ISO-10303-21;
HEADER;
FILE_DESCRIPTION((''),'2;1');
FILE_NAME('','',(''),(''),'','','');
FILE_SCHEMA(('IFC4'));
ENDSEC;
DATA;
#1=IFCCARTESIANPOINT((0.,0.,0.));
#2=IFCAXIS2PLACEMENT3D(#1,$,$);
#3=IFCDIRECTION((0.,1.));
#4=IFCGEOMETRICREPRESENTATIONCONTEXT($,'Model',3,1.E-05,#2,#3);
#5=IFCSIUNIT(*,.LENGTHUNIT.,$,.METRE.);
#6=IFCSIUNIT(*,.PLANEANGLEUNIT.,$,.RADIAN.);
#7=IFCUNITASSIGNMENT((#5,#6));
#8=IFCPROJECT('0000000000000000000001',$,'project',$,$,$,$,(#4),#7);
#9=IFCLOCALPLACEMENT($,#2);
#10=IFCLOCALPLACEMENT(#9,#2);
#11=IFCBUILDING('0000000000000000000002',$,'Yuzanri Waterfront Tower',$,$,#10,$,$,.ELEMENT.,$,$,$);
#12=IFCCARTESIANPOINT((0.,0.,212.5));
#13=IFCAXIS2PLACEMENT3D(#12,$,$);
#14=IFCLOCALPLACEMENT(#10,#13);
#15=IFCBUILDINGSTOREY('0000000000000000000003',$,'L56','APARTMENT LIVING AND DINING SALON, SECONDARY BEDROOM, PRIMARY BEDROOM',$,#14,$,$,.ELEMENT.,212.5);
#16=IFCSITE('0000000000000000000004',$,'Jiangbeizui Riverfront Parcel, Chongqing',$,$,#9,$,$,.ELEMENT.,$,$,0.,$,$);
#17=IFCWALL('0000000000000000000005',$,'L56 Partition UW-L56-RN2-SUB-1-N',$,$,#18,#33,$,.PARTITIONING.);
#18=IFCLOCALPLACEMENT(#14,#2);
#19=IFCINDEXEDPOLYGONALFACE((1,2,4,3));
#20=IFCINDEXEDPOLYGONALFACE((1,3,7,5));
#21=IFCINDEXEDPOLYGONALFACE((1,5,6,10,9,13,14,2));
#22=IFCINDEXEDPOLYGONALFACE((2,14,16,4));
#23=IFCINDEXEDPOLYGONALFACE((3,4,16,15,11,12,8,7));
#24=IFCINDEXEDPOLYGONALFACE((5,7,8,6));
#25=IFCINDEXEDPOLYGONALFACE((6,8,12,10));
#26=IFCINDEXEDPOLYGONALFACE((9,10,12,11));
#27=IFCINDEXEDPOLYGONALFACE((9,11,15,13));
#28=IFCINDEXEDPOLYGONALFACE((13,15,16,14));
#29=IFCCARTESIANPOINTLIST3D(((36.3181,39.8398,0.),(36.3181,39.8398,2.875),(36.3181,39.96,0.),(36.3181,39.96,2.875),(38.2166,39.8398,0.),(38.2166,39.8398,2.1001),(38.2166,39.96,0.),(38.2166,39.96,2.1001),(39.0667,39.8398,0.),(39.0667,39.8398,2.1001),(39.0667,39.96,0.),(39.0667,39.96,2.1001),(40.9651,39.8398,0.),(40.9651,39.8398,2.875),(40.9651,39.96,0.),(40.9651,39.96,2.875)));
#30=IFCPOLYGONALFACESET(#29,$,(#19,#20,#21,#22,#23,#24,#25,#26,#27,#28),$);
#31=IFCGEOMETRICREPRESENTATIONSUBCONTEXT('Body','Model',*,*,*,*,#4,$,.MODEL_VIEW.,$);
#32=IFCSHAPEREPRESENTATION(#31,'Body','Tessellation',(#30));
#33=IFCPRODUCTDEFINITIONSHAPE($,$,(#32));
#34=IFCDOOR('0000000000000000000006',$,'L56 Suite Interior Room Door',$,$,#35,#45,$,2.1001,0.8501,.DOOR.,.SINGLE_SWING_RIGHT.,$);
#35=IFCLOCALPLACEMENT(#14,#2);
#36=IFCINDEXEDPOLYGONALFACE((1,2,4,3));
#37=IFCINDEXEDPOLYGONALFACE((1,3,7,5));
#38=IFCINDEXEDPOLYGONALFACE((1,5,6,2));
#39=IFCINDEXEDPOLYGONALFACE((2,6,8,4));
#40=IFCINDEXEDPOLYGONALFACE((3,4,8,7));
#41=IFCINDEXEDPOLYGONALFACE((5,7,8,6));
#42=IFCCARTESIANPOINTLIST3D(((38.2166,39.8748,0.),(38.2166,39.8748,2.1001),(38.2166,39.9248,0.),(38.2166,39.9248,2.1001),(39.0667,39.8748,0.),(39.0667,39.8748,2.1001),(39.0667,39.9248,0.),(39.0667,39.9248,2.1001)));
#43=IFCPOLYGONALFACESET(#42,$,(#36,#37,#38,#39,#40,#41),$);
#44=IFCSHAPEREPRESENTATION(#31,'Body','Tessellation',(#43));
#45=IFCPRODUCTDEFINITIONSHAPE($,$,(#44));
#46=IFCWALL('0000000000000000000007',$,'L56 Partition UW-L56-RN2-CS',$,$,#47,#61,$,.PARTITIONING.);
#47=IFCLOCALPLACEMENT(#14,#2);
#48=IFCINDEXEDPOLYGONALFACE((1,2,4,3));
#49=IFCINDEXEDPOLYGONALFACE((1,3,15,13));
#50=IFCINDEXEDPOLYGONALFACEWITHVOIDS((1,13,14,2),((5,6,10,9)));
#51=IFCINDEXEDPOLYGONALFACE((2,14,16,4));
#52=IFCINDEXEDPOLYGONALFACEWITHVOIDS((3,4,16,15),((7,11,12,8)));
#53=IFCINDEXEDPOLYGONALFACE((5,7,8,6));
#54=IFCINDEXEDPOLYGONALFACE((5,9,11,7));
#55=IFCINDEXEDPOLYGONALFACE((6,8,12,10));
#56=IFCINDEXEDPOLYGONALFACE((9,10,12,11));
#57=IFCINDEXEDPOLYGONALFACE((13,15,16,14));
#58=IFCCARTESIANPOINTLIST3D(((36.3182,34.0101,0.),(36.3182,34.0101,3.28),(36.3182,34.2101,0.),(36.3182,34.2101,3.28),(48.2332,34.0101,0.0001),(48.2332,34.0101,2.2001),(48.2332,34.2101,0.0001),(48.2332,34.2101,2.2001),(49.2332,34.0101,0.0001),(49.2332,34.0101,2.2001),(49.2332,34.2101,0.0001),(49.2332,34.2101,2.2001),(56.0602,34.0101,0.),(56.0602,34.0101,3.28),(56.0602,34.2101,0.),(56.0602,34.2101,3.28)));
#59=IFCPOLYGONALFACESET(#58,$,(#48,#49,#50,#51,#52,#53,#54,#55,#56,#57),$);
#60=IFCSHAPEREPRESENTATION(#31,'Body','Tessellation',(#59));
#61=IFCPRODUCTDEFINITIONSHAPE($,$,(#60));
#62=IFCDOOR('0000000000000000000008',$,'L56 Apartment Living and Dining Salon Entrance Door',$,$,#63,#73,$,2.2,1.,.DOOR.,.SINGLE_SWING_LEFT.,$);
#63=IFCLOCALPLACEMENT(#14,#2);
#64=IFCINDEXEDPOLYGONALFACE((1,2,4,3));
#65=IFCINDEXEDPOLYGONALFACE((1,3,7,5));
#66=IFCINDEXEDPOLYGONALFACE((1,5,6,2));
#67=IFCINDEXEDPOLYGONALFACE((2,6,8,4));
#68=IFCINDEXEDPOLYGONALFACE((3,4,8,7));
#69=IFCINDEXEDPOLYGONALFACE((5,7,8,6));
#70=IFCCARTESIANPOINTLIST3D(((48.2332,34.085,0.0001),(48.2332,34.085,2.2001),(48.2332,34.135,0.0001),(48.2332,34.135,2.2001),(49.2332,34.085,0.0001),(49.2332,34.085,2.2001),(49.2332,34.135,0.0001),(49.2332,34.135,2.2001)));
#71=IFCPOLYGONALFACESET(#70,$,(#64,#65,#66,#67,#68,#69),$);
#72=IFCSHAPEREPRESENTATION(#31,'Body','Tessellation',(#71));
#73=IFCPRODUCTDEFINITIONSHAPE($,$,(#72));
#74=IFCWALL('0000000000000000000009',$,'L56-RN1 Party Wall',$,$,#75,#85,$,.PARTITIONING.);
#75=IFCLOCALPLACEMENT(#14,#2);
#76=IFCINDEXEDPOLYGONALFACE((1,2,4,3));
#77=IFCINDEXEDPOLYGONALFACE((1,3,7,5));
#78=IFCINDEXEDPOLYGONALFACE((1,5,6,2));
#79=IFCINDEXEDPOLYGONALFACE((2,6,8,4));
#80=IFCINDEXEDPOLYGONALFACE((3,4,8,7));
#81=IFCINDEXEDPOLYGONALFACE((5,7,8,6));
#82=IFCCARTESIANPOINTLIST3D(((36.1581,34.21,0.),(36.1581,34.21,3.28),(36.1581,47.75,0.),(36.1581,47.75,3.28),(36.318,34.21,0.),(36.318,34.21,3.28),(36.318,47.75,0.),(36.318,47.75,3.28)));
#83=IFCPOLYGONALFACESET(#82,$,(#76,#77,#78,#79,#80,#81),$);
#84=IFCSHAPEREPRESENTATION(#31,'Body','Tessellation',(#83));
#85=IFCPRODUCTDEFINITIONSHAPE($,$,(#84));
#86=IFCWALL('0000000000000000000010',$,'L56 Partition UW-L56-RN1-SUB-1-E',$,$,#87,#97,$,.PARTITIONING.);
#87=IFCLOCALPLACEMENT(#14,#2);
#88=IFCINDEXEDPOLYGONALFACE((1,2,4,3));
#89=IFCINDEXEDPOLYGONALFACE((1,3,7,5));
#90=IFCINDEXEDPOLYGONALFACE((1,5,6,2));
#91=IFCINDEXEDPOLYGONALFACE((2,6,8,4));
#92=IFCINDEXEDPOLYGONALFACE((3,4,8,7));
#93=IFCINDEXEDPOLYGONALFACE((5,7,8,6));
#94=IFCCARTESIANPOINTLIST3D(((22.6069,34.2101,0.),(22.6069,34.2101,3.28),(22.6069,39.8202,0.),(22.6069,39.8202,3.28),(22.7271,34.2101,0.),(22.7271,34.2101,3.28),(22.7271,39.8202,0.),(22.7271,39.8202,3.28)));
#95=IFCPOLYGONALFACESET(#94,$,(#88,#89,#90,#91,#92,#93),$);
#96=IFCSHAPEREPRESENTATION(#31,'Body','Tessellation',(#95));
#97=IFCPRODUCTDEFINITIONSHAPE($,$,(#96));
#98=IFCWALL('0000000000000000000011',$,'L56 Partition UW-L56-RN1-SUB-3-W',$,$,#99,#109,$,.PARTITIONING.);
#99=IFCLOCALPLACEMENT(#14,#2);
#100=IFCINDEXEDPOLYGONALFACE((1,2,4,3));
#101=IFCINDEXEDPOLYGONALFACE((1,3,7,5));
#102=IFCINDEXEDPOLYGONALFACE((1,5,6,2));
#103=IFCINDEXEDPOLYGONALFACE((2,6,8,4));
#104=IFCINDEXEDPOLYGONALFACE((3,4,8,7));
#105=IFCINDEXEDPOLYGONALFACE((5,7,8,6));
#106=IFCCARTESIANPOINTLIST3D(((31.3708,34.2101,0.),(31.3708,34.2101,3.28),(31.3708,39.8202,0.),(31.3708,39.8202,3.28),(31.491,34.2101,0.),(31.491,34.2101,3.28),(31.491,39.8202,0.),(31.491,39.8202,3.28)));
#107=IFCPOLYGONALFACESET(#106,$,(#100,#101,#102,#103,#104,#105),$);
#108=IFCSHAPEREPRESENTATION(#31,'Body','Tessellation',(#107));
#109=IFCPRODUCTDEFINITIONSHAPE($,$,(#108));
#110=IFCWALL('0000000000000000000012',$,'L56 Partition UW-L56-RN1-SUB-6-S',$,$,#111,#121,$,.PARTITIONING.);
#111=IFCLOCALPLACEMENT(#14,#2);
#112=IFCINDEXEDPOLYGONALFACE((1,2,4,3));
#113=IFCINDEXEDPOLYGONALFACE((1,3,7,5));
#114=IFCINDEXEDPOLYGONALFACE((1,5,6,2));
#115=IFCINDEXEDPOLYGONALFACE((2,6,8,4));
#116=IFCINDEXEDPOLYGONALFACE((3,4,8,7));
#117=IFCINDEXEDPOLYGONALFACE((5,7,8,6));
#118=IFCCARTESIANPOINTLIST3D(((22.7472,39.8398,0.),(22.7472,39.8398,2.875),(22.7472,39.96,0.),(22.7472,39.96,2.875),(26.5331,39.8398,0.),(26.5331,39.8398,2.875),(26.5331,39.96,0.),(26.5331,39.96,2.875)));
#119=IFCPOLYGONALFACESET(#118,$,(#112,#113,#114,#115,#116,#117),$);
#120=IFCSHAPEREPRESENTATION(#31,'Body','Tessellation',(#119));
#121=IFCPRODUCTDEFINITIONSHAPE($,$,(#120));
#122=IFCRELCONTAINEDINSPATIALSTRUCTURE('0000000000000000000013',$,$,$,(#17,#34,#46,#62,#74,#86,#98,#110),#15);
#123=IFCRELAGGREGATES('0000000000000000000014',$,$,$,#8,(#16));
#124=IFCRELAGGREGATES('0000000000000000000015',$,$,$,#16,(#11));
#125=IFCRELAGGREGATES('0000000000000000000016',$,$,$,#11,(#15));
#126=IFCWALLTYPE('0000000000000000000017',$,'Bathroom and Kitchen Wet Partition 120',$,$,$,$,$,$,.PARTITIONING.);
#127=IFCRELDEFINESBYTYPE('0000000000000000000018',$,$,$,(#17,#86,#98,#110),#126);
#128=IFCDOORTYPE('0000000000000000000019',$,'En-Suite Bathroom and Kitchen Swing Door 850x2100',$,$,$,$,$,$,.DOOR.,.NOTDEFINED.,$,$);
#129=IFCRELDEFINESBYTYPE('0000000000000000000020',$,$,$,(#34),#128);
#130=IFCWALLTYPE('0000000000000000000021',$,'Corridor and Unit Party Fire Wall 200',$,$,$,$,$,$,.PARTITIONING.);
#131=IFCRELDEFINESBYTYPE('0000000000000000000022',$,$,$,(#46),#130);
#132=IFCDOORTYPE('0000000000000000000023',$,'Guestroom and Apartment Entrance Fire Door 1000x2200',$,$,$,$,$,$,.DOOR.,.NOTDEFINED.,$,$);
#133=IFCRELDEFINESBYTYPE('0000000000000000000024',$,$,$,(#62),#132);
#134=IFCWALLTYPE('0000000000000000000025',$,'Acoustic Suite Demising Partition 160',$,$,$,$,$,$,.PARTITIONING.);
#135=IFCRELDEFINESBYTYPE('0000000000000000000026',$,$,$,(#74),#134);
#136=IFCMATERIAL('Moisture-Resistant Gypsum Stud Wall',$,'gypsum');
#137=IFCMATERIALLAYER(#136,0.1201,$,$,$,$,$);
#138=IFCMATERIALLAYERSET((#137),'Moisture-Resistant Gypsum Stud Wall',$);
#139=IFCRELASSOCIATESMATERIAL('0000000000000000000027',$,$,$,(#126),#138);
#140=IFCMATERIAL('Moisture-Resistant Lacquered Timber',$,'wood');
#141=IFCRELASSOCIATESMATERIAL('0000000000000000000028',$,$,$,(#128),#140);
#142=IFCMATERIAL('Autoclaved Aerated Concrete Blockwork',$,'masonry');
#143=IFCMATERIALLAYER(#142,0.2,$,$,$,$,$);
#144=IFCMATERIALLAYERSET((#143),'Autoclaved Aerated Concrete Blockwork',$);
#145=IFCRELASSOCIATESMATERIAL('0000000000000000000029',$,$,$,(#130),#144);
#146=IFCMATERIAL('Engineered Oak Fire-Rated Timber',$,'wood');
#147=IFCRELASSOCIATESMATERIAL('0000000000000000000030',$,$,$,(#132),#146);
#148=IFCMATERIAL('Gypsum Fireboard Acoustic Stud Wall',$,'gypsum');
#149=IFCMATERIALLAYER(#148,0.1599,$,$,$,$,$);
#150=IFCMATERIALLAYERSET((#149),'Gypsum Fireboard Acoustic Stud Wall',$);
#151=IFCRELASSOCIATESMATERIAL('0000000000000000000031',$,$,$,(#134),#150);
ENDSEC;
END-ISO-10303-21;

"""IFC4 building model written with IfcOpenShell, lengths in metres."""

from ifc_helpers import new_model, si_unit, direction, frame, frame_2d, origin, place, context, subcontext, project, spatial, rectangle, extrude, source, transform, mapped, material, layer, layer_set, type_object, element, fill, save


model = new_model("IFC4")

# Units and contexts
model_context = context("Model", 3, precision=1e-05, world=origin(), true_north=direction((0.0, 1.0)))
body_context = subcontext(model_context, "Body", "Model", "MODEL_VIEW")
ifc_project = project(units=[si_unit("LENGTHUNIT", "METRE"), si_unit("PLANEANGLEUNIT", "RADIAN")], contexts=[model_context])

# Site, building, storey
site_placement = place(None, origin())
site = spatial("IfcSite", under=ifc_project, at=site_placement, Name="Jiangbeizui Riverfront Parcel, Chongqing", CompositionType="ELEMENT", RefElevation=0.0)
building_placement = place(site_placement, origin())
building = spatial("IfcBuilding", under=site, at=building_placement, Name="Yuzanri Waterfront Tower", CompositionType="ELEMENT")
storey_placement = place(building_placement, frame((0.0, 0.0, 212.5)))
storey = spatial("IfcBuildingStorey", under=building, at=storey_placement, Name="L56", Description="APARTMENT LIVING AND DINING SALON, SECONDARY BEDROOM, PRIMARY BEDROOM", CompositionType="ELEMENT", Elevation=212.5)

# Walls, openings, doors
ifc_material_1 = material(Name="Moisture-Resistant Gypsum Stud Wall", Category="gypsum")
ifc_layer_1 = layer(ifc_material_1, 0.1201)
ifc_layer_set_1 = layer_set([ifc_layer_1], Name="Moisture-Resistant Gypsum Stud Wall")
wall_type_1 = type_object("IfcWallType", Name="Bathroom and Kitchen Wet Partition 120", PredefinedType="PARTITIONING", material=ifc_layer_set_1)
ifc_material_2 = material(Name="Moisture-Resistant Lacquered Timber", Category="wood")
door_type_1 = type_object("IfcDoorType", Name="En-Suite Bathroom and Kitchen Swing Door 850x2100", OperationType="NOTDEFINED", PredefinedType="DOOR", material=ifc_material_2)
shared_shape_1 = source(origin(), body_context, "Body", "SweptSolid", [
    extrude(rectangle(XDim=0.8501, YDim=2.1001, at=frame_2d((0.425, 1.05))), frame((0.0, 0.0249, 0.0), z_axis=(0.0, -1.0, 0.0), x_axis=(1.0, 0.0, 0.0)), (0.0, 0.0, 1.0), 0.05),
])
wall_1_placement = place(storey_placement, frame((36.3181, 39.8999, 0.0), z_axis=(0.0, 0.0, 1.0), x_axis=(1.0, 0.0, 0.0)))
wall_1 = element("IfcWall", 1, at=wall_1_placement, inside=storey, type_object=wall_type_1, Name="L56 Partition UW-L56-RN2-SUB-1-N", PredefinedType="PARTITIONING", context=body_context, shape_type="SweptSolid", body=[
    extrude(rectangle(XDim=4.647, YDim=0.1201, at=frame_2d((2.3235, 0.0))), origin(), (0.0, 0.0, 1.0), 2.875),
])
opening_1_placement = place(wall_1_placement, frame((1.8984, 0.0, 0.0)))
opening_1 = element("IfcOpeningElement", 2, at=opening_1_placement, cuts=wall_1, PredefinedType="OPENING", context=body_context, shape_type="SweptSolid", body=[
    extrude(rectangle(XDim=0.8501, YDim=2.1001, at=frame_2d((0.425, 1.05))), frame((0.0, 0.075, 0.0), z_axis=(0.0, -1.0, 0.0), x_axis=(1.0, 0.0, 0.0)), (0.0, 0.0, 1.0), 0.1499),
])
door_1_placement = place(opening_1_placement, origin())
door_1 = element("IfcDoor", 3, at=door_1_placement, inside=storey, type_object=door_type_1, Name="L56 Suite Interior Room Door", OperationType="SINGLE_SWING_RIGHT", OverallHeight=2.1001, OverallWidth=0.8501, PredefinedType="DOOR", context=body_context, shape_type="MappedRepresentation", body=[
    mapped(shared_shape_1, transform((0.0, 0.0, 0.0), scale=1.0)),
])
fill(opening_1, door_1)
ifc_material_3 = material(Name="Autoclaved Aerated Concrete Blockwork", Category="masonry")
ifc_layer_2 = layer(ifc_material_3, 0.2)
ifc_layer_set_2 = layer_set([ifc_layer_2], Name="Autoclaved Aerated Concrete Blockwork")
wall_type_2 = type_object("IfcWallType", Name="Corridor and Unit Party Fire Wall 200", PredefinedType="PARTITIONING", material=ifc_layer_set_2)
wall_2_placement = place(storey_placement, frame((36.3181, 34.1101, 0.0), z_axis=(0.0, 0.0, 1.0), x_axis=(1.0, 0.0, 0.0)))
wall_2 = element("IfcWall", 4, at=wall_2_placement, inside=storey, type_object=wall_type_2, Name="L56 Partition UW-L56-RN2-CS", PredefinedType="PARTITIONING", context=body_context, shape_type="SweptSolid", body=[
    extrude(rectangle(XDim=19.7419, YDim=0.2, at=frame_2d((9.8711, 0.0))), origin(), (0.0, 0.0, 1.0), 3.28),
])
opening_2_placement = place(wall_2_placement, frame((11.915, 0.0, 0.0)))
opening_2 = element("IfcOpeningElement", 5, at=opening_2_placement, cuts=wall_2, PredefinedType="OPENING", context=body_context, shape_type="SweptSolid", body=[
    extrude(rectangle(XDim=1.0, YDim=2.2, at=frame_2d((0.5, 1.1001))), frame((0.0, 0.1147, 0.0), z_axis=(0.0, -1.0, 0.0), x_axis=(1.0, 0.0, 0.0)), (0.0, 0.0, 1.0), 0.2297),
])
ifc_material_4 = material(Name="Engineered Oak Fire-Rated Timber", Category="wood")
door_type_2 = type_object("IfcDoorType", Name="Guestroom and Apartment Entrance Fire Door 1000x2200", OperationType="NOTDEFINED", PredefinedType="DOOR", material=ifc_material_4)
shared_shape_2 = source(origin(), body_context, "Body", "SweptSolid", [
    extrude(rectangle(XDim=1.0, YDim=2.2, at=frame_2d((0.5, 1.1001))), frame((0.0, 0.0249, 0.0), z_axis=(0.0, -1.0, 0.0), x_axis=(1.0, 0.0, 0.0)), (0.0, 0.0, 1.0), 0.05),
])
door_2_placement = place(opening_2_placement, origin())
door_2 = element("IfcDoor", 6, at=door_2_placement, inside=storey, type_object=door_type_2, Name="L56 Apartment Living and Dining Salon Entrance Door", OperationType="SINGLE_SWING_LEFT", OverallHeight=2.2, OverallWidth=1.0, PredefinedType="DOOR", context=body_context, shape_type="MappedRepresentation", body=[
    mapped(shared_shape_2, transform((0.0, 0.0, 0.0), scale=1.0)),
])
fill(opening_2, door_2)

# Walls
ifc_material_5 = material(Name="Gypsum Fireboard Acoustic Stud Wall", Category="gypsum")
ifc_layer_3 = layer(ifc_material_5, 0.1599)
ifc_layer_set_3 = layer_set([ifc_layer_3], Name="Gypsum Fireboard Acoustic Stud Wall")
wall_type_3 = type_object("IfcWallType", Name="Acoustic Suite Demising Partition 160", PredefinedType="PARTITIONING", material=ifc_layer_set_3)
shared_shape_3 = source(origin(), body_context, "Body", "SweptSolid", [
    extrude(rectangle(XDim=13.54, YDim=0.1599, at=frame_2d((6.77, 0.0))), origin(), (0.0, 0.0, 1.0), 3.28),
])
wall_3_placement = place(storey_placement, frame((36.238, 34.21, 0.0), z_axis=(0.0, 0.0, 1.0), x_axis=(0.0, 1.0, 0.0)))
element("IfcWall", 7, at=wall_3_placement, inside=storey, type_object=wall_type_3, Name="L56-RN1 Party Wall", PredefinedType="PARTITIONING", context=body_context, shape_type="MappedRepresentation", body=[
    mapped(shared_shape_3, transform((0.0, 0.0, 0.0), scale=1.0)),
])
shared_shape_4 = source(origin(), body_context, "Body", "SweptSolid", [
    extrude(rectangle(XDim=5.6101, YDim=0.1201, at=frame_2d((2.8052, 0.0))), origin(), (0.0, 0.0, 1.0), 3.28),
])
for number, where, z_axis, x_axis, name in (
    (8, (22.667, 34.21, 0.0), (0.0, 0.0, 1.0), (0.0, 1.0, 0.0), "L56 Partition UW-L56-RN1-SUB-1-E"),
    (9, (31.4309, 34.21, 0.0), (0.0, 0.0, 1.0), (0.0, 1.0, 0.0), "L56 Partition UW-L56-RN1-SUB-3-W"),
):
    element("IfcWall", number, at=place(storey_placement, frame(where, z_axis=z_axis, x_axis=x_axis)), inside=storey, type_object=wall_type_1, Name=name, PredefinedType="PARTITIONING", context=body_context, shape_type="MappedRepresentation", body=[
        mapped(shared_shape_4, transform((0.0, 0.0, 0.0), scale=1.0)),
    ])
shared_shape_5 = source(origin(), body_context, "Body", "SweptSolid", [
    extrude(rectangle(XDim=3.7859, YDim=0.1201, at=frame_2d((1.8931, 0.0))), origin(), (0.0, 0.0, 1.0), 2.875),
])
wall_4_placement = place(storey_placement, frame((22.7471, 39.8999, 0.0), z_axis=(0.0, 0.0, 1.0), x_axis=(1.0, 0.0, 0.0)))
element("IfcWall", 10, at=wall_4_placement, inside=storey, type_object=wall_type_1, Name="L56 Partition UW-L56-RN1-SUB-6-S", PredefinedType="PARTITIONING", context=body_context, shape_type="MappedRepresentation", body=[
    mapped(shared_shape_5, transform((0.0, 0.0, 0.0), scale=1.0)),
])

save(model, "model.ifc")
